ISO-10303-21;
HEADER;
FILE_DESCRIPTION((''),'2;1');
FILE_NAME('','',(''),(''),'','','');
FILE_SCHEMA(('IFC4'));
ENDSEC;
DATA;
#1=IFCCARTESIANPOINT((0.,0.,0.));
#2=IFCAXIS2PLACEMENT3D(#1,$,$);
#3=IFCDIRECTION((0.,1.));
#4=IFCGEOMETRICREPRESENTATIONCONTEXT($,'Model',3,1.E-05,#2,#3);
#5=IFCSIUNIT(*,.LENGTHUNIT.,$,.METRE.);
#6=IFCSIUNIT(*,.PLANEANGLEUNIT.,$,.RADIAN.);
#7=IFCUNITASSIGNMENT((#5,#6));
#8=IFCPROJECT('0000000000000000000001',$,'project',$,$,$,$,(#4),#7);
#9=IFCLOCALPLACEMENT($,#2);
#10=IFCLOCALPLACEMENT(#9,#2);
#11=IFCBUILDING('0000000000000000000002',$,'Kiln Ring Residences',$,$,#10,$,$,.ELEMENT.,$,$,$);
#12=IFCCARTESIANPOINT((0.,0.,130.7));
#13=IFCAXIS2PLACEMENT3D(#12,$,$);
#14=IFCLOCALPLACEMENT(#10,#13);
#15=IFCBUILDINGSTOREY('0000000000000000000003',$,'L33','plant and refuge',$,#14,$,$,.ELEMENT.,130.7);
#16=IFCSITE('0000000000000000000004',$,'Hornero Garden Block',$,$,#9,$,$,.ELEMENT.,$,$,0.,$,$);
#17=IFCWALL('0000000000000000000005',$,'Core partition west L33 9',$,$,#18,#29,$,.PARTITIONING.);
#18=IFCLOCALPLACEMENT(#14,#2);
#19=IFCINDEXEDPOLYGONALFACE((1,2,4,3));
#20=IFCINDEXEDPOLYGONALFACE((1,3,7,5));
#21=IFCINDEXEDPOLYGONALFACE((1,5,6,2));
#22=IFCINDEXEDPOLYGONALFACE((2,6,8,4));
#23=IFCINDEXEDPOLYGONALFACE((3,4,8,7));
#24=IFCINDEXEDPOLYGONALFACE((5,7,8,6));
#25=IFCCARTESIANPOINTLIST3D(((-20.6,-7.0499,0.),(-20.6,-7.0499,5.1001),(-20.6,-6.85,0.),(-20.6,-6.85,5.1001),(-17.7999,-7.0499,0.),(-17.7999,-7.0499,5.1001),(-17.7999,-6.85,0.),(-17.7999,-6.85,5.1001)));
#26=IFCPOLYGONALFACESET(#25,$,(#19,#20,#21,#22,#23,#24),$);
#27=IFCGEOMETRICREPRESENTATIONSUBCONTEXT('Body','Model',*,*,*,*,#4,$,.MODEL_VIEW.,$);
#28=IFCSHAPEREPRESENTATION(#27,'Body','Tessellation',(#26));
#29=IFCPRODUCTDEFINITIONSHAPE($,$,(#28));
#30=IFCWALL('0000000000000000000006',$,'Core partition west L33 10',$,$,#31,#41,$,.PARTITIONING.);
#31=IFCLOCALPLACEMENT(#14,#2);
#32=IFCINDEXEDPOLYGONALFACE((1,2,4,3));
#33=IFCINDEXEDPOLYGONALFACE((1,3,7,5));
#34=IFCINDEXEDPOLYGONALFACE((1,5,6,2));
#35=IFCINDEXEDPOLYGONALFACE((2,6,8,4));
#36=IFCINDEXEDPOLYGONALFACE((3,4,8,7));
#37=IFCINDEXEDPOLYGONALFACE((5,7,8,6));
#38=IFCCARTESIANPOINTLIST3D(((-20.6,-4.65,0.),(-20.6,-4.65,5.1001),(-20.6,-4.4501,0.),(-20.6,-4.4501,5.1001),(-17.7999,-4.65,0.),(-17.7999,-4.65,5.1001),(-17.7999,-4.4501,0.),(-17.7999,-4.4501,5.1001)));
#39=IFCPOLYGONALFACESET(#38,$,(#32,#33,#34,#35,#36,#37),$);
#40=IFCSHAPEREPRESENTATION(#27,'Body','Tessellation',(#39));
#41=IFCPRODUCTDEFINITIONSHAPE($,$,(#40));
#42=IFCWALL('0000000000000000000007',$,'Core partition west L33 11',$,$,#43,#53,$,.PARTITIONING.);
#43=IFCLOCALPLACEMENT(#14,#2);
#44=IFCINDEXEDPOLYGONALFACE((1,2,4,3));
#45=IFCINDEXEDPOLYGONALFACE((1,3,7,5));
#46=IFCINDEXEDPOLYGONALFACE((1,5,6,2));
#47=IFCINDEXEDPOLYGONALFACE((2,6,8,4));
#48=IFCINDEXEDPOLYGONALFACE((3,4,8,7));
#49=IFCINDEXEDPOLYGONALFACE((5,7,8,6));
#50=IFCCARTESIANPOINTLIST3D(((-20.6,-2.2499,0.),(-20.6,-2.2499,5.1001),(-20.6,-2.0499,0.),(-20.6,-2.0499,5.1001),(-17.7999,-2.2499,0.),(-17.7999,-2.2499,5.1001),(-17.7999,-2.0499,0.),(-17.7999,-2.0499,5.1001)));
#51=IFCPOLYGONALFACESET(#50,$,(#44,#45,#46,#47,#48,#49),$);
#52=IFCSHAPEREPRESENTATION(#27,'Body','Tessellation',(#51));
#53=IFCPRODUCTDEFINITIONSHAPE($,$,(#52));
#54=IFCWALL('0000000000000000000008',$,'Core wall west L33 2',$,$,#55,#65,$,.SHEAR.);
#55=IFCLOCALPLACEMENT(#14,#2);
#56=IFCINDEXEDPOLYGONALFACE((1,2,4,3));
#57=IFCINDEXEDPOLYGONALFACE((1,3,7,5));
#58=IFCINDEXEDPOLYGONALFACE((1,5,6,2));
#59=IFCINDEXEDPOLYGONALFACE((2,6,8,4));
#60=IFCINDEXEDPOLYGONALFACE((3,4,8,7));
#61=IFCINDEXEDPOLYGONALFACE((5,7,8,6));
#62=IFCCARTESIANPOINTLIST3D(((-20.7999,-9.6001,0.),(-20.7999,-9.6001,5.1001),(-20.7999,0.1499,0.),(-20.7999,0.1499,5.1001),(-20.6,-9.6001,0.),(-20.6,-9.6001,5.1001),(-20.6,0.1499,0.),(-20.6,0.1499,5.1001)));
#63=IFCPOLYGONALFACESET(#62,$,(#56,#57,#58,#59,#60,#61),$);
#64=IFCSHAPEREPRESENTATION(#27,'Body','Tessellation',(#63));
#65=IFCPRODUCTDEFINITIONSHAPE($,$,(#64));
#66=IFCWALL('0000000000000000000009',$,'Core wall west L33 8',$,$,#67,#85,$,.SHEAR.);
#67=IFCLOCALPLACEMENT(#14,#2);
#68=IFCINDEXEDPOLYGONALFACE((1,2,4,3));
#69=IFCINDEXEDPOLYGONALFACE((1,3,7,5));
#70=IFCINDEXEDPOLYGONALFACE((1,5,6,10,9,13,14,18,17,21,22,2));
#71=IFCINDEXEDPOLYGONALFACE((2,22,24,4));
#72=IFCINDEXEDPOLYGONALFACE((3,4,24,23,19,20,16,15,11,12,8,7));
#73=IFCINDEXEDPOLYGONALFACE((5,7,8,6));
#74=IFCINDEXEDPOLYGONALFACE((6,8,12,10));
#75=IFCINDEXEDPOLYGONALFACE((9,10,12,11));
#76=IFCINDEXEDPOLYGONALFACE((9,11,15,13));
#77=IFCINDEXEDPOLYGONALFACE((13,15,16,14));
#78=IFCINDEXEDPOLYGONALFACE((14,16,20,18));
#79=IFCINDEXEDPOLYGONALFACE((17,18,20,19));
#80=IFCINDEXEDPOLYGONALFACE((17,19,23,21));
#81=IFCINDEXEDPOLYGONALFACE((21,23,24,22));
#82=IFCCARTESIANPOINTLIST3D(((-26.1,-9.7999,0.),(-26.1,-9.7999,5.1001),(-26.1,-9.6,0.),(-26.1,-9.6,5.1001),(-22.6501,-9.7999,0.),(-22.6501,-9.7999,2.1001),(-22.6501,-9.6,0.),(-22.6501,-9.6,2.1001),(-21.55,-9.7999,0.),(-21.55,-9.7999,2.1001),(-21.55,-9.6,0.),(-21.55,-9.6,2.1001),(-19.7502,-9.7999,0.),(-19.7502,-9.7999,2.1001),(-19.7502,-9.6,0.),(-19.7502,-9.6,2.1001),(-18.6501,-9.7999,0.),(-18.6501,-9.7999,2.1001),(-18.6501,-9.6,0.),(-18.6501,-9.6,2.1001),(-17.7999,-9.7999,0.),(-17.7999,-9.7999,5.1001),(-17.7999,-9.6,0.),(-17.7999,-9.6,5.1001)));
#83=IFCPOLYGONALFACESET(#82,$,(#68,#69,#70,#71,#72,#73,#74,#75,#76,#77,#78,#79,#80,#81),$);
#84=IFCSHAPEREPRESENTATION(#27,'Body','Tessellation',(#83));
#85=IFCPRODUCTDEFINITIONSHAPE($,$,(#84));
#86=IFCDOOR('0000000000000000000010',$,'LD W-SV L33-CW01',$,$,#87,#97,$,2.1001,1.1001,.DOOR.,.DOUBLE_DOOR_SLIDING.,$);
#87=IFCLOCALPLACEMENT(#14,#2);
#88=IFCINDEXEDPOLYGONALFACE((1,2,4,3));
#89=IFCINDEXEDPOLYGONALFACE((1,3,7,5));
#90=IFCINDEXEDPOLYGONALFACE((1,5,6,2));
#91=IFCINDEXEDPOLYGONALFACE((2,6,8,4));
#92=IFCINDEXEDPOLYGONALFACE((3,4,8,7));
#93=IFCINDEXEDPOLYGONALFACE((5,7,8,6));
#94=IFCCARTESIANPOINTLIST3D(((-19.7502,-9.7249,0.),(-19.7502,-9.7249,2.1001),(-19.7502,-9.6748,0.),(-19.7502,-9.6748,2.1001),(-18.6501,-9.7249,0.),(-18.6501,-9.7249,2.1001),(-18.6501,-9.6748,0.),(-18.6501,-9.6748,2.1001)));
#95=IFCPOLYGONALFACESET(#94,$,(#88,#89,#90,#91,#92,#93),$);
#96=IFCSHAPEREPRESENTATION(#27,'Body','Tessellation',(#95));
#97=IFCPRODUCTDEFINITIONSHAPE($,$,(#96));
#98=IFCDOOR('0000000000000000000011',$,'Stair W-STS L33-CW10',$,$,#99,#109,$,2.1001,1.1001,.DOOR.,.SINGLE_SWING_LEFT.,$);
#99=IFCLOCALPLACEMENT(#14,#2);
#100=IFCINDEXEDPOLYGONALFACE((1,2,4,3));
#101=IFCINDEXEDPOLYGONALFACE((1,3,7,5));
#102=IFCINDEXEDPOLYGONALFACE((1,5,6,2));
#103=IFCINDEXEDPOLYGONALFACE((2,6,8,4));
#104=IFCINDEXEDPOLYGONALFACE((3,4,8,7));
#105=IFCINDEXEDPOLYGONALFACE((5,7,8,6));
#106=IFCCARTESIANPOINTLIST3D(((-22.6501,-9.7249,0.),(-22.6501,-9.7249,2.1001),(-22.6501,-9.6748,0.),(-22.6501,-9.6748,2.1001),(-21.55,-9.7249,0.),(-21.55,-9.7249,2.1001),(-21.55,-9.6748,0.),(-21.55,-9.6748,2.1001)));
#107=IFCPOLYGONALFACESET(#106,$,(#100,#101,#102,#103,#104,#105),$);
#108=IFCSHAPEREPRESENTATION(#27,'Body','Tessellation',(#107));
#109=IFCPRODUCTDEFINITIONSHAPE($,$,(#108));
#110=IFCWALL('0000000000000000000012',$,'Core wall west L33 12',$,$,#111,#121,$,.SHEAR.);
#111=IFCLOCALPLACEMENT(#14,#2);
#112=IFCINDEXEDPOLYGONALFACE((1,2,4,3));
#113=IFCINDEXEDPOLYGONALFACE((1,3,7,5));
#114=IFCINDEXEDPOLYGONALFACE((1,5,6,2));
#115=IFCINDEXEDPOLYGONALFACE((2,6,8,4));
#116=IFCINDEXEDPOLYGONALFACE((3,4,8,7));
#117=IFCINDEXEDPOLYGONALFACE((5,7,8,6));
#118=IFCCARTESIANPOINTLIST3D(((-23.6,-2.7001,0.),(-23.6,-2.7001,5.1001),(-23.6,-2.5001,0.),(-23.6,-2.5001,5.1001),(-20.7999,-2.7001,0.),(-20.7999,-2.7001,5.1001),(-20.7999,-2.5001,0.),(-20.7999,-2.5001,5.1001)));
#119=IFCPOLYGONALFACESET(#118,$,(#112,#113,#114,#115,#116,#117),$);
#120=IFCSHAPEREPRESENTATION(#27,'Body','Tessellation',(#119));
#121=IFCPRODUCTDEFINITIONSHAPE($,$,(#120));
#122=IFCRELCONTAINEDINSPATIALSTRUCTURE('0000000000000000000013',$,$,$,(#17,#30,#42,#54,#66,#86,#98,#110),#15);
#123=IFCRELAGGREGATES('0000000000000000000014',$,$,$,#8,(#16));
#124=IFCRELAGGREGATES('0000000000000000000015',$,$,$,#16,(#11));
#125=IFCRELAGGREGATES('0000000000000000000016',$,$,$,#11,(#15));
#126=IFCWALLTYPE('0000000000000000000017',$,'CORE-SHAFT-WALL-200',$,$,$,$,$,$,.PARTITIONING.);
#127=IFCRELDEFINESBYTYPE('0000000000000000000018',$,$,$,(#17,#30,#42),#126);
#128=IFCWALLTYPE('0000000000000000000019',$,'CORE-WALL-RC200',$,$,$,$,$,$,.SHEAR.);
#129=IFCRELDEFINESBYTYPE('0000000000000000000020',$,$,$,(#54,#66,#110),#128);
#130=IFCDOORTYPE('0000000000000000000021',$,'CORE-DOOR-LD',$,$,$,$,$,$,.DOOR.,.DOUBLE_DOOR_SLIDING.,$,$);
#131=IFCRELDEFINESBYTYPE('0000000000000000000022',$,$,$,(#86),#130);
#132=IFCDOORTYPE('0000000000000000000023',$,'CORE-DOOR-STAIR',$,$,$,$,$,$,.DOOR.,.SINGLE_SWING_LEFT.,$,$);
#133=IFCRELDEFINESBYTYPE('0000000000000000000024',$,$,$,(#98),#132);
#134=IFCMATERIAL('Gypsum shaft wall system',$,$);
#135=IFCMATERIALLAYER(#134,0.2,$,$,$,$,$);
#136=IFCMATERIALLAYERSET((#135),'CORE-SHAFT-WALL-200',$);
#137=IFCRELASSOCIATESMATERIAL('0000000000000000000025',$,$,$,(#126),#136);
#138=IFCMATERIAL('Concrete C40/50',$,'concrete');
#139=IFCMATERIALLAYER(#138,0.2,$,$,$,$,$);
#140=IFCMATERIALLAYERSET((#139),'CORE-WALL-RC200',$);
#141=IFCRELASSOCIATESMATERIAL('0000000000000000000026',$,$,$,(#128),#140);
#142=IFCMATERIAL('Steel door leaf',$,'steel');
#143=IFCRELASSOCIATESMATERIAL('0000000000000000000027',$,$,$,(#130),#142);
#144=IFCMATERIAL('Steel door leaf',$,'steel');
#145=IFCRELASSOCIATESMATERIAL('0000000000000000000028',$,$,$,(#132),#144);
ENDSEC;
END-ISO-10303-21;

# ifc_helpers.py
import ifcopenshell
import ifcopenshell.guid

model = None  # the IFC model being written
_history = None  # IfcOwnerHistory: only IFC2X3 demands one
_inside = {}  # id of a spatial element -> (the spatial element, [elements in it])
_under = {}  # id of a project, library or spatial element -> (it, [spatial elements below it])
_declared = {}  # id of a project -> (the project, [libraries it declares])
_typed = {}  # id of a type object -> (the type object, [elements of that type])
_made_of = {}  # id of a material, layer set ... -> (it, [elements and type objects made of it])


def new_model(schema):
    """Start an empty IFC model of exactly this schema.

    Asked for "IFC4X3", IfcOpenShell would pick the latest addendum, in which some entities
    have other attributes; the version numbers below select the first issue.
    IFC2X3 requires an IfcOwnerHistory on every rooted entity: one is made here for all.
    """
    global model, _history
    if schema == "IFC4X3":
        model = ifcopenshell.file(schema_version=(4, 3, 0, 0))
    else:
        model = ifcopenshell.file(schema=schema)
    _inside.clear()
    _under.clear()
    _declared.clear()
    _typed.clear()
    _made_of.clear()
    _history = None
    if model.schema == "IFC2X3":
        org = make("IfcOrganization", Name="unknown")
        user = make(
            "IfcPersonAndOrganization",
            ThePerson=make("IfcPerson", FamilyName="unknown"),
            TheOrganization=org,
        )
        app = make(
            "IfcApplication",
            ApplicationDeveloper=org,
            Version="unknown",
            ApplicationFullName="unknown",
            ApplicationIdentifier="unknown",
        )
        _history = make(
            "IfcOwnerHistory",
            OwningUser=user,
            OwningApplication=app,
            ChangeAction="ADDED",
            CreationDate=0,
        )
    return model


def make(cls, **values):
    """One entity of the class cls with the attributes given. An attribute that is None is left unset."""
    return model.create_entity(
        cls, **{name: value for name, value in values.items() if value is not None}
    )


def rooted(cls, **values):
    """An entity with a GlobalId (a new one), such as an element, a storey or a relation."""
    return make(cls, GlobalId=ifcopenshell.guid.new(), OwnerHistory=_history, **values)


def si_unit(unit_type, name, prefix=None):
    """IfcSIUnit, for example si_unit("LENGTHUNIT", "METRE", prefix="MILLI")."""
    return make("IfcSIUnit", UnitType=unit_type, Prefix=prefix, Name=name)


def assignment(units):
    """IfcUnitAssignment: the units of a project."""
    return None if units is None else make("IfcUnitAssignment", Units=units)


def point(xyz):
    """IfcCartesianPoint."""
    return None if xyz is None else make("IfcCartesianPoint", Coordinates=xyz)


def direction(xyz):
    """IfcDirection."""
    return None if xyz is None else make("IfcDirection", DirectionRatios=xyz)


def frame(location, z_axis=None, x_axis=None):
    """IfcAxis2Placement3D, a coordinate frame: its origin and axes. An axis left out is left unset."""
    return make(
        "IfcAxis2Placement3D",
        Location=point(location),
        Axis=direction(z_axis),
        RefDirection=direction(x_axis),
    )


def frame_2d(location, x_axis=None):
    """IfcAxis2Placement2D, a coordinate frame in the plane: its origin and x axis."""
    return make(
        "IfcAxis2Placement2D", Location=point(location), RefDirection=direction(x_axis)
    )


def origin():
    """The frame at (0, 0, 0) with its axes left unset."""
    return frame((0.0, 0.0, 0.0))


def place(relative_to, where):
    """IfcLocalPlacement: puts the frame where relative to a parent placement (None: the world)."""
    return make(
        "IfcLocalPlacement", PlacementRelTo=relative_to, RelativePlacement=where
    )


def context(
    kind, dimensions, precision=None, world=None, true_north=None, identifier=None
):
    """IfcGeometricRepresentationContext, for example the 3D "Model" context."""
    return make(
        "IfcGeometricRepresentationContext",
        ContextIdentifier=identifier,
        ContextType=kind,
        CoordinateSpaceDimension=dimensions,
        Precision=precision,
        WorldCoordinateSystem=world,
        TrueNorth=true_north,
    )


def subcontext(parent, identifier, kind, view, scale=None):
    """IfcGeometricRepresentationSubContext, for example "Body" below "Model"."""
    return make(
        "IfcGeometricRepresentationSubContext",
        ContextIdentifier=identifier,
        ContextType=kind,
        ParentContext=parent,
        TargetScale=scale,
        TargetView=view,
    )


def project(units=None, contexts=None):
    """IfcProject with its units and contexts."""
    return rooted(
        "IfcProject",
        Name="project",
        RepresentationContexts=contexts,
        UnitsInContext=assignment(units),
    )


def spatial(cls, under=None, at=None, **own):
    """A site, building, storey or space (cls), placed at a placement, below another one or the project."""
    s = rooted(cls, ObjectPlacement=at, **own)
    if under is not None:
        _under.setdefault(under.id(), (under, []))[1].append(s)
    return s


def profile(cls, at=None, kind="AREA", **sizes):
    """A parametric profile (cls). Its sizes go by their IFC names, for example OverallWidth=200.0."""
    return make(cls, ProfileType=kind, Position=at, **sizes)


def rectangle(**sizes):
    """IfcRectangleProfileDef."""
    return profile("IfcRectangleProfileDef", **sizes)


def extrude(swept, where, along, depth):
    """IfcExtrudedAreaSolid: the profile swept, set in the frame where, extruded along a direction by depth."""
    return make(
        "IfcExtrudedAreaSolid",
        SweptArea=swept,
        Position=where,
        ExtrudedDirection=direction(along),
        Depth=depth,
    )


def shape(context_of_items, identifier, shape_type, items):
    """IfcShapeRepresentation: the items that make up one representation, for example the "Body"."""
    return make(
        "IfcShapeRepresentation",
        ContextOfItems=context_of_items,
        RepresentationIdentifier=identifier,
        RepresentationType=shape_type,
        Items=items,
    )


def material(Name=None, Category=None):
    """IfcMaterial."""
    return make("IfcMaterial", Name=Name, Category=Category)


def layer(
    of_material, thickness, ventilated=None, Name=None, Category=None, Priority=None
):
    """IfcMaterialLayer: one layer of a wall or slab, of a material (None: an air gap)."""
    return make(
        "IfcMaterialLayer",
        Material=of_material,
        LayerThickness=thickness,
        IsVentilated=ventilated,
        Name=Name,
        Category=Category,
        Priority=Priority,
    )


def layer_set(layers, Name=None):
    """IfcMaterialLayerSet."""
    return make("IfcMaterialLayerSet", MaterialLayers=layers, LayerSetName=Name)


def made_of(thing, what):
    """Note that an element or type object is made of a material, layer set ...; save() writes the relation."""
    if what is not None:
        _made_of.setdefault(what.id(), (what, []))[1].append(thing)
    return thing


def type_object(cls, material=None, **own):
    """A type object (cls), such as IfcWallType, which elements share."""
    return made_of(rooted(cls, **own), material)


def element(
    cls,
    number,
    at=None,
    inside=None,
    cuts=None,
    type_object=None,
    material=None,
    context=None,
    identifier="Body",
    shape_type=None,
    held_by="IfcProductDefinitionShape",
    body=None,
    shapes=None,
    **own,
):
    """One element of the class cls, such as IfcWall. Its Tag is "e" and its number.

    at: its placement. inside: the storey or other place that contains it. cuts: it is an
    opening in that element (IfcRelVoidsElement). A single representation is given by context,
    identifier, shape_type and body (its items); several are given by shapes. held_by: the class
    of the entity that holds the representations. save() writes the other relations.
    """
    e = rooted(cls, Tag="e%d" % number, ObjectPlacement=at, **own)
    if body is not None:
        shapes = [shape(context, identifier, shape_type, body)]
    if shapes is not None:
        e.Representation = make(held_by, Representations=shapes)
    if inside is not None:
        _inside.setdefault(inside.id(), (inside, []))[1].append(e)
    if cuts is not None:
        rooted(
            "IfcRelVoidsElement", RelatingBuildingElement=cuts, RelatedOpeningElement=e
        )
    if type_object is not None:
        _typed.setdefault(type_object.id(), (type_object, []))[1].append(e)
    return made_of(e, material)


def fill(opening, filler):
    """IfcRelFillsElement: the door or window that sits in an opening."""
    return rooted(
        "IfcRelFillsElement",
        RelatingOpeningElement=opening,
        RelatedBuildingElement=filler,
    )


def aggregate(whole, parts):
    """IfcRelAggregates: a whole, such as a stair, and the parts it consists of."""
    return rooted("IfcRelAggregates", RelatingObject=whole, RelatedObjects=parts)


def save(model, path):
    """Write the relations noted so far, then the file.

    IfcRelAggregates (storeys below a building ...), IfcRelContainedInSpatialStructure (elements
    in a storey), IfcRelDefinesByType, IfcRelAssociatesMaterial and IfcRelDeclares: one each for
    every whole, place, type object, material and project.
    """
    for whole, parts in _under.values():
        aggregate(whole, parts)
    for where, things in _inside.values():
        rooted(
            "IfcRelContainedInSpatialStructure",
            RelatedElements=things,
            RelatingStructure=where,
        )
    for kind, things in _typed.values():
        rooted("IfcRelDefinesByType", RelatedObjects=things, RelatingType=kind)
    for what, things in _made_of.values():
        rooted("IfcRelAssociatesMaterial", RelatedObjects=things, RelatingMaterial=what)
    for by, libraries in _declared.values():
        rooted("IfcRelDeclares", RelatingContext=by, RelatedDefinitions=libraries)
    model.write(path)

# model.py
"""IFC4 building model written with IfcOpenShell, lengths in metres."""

from ifc_helpers import new_model, si_unit, direction, frame, frame_2d, origin, place, context, subcontext, project, spatial, rectangle, extrude, material, layer, layer_set, type_object, element, fill, save


model = new_model("IFC4")

# Units and contexts
model_context = context("Model", 3, precision=1e-05, world=origin(), true_north=direction((0.0, 1.0)))
body_context = subcontext(model_context, "Body", "Model", "MODEL_VIEW")
ifc_project = project(units=[si_unit("LENGTHUNIT", "METRE"), si_unit("PLANEANGLEUNIT", "RADIAN")], contexts=[model_context])

# Site, building, storey
site_placement = place(None, origin())
site = spatial("IfcSite", under=ifc_project, at=site_placement, Name="Hornero Garden Block", CompositionType="ELEMENT", RefElevation=0.0)
building_placement = place(site_placement, origin())
building = spatial("IfcBuilding", under=site, at=building_placement, Name="Kiln Ring Residences", CompositionType="ELEMENT")
storey_placement = place(building_placement, frame((0.0, 0.0, 130.7)))
storey = spatial("IfcBuildingStorey", under=building, at=storey_placement, Name="L33", Description="plant and refuge", CompositionType="ELEMENT", Elevation=130.7)

# Walls
ifc_material_1 = material(Name="Gypsum shaft wall system")
ifc_layer_1 = layer(ifc_material_1, 0.2)
ifc_layer_set_1 = layer_set([ifc_layer_1], Name="CORE-SHAFT-WALL-200")
wall_type_1 = type_object("IfcWallType", Name="CORE-SHAFT-WALL-200", PredefinedType="PARTITIONING", material=ifc_layer_set_1)
for number, where, z_axis, x_axis, name in (
    (1, (-17.8, -6.95, 0.0), (0.0, 0.0, 1.0), (-1.0, 0.0, 0.0), "Core partition west L33 9"),
    (2, (-17.8, -4.55, 0.0), (0.0, 0.0, 1.0), (-1.0, 0.0, 0.0), "Core partition west L33 10"),
    (3, (-17.8, -2.1499, 0.0), (0.0, 0.0, 1.0), (-1.0, 0.0, 0.0), "Core partition west L33 11"),
):
    element("IfcWall", number, at=place(storey_placement, frame(where, z_axis=z_axis, x_axis=x_axis)), inside=storey, type_object=wall_type_1, Name=name, PredefinedType="PARTITIONING", context=body_context, shape_type="SweptSolid", body=[
        extrude(rectangle(XDim=2.8, YDim=0.2, at=frame_2d((1.3999, 0.0))), origin(), (0.0, 0.0, 1.0), 5.1001),
    ])
ifc_material_2 = material(Name="Concrete C40/50", Category="concrete")
ifc_layer_2 = layer(ifc_material_2, 0.2)
ifc_layer_set_2 = layer_set([ifc_layer_2], Name="CORE-WALL-RC200")
wall_type_2 = type_object("IfcWallType", Name="CORE-WALL-RC200", PredefinedType="SHEAR", material=ifc_layer_set_2)
wall_1_placement = place(storey_placement, frame((-20.7, -9.6001, 0.0), z_axis=(0.0, 0.0, 1.0), x_axis=(0.0, 1.0, 0.0)))
element("IfcWall", 4, at=wall_1_placement, inside=storey, type_object=wall_type_2, Name="Core wall west L33 2", PredefinedType="SHEAR", context=body_context, shape_type="SweptSolid", body=[
    extrude(rectangle(XDim=9.75, YDim=0.2, at=frame_2d((4.875, 0.0))), origin(), (0.0, 0.0, 1.0), 5.1001),
])

# Wall, openings, doors
wall_2_placement = place(storey_placement, frame((-17.8, -9.7, 0.0), z_axis=(0.0, 0.0, 1.0), x_axis=(-1.0, 0.0, 0.0)))
wall_2 = element("IfcWall", 5, at=wall_2_placement, inside=storey, type_object=wall_type_2, Name="Core wall west L33 8", PredefinedType="SHEAR", context=body_context, shape_type="SweptSolid", body=[
    extrude(rectangle(XDim=8.3, YDim=0.2, at=frame_2d((4.1499, 0.0))), origin(), (0.0, 0.0, 1.0), 5.1001),
])
opening_1_placement = place(wall_2_placement, frame((0.8501, 0.0, 0.0)))
opening_1 = element("IfcOpeningElement", 6, at=opening_1_placement, cuts=wall_2, PredefinedType="OPENING", context=body_context, shape_type="SweptSolid", body=[
    extrude(rectangle(XDim=1.1001, YDim=2.1001, at=frame_2d((0.55, 1.05))), frame((0.0, 0.1099, 0.0), z_axis=(0.0, -1.0, 0.0), x_axis=(1.0, 0.0, 0.0)), (0.0, 0.0, 1.0), 0.22),
])
opening_2_placement = place(wall_2_placement, frame((3.75, 0.0, 0.0)))
opening_2 = element("IfcOpeningElement", 7, at=opening_2_placement, cuts=wall_2, PredefinedType="OPENING", context=body_context, shape_type="SweptSolid", body=[
    extrude(rectangle(XDim=1.1001, YDim=2.1001, at=frame_2d((0.55, 1.05))), frame((0.0, 0.1099, 0.0), z_axis=(0.0, -1.0, 0.0), x_axis=(1.0, 0.0, 0.0)), (0.0, 0.0, 1.0), 0.22),
])
ifc_material_3 = material(Name="Steel door leaf", Category="steel")
door_type_1 = type_object("IfcDoorType", Name="CORE-DOOR-LD", OperationType="DOUBLE_DOOR_SLIDING", PredefinedType="DOOR", material=ifc_material_3)
door_1_placement = place(opening_1_placement, origin())
door_1 = element("IfcDoor", 8, at=door_1_placement, inside=storey, type_object=door_type_1, Name="LD W-SV L33-CW01", OperationType="DOUBLE_DOOR_SLIDING", OverallHeight=2.1001, OverallWidth=1.1001, PredefinedType="DOOR", context=body_context, shape_type="SweptSolid", body=[
    extrude(rectangle(XDim=1.1001, YDim=2.1001, at=frame_2d((0.55, 1.05))), frame((0.0, 0.0249, 0.0), z_axis=(0.0, -1.0, 0.0), x_axis=(1.0, 0.0, 0.0)), (0.0, 0.0, 1.0), 0.05),
])
fill(opening_1, door_1)
ifc_material_4 = material(Name="Steel door leaf", Category="steel")
door_type_2 = type_object("IfcDoorType", Name="CORE-DOOR-STAIR", OperationType="SINGLE_SWING_LEFT", PredefinedType="DOOR", material=ifc_material_4)
door_2_placement = place(opening_2_placement, origin())
door_2 = element("IfcDoor", 9, at=door_2_placement, inside=storey, type_object=door_type_2, Name="Stair W-STS L33-CW10", OperationType="SINGLE_SWING_LEFT", OverallHeight=2.1001, OverallWidth=1.1001, PredefinedType="DOOR", context=body_context, shape_type="SweptSolid", body=[
    extrude(rectangle(XDim=1.1001, YDim=2.1001, at=frame_2d((0.55, 1.05))), frame((0.0, 0.0249, 0.0), z_axis=(0.0, -1.0, 0.0), x_axis=(1.0, 0.0, 0.0)), (0.0, 0.0, 1.0), 0.05),
])
fill(opening_2, door_2)

# Wall
wall_3_placement = place(storey_placement, frame((-20.8, -2.6001, 0.0), z_axis=(0.0, 0.0, 1.0), x_axis=(-1.0, 0.0, 0.0)))
element("IfcWall", 10, at=wall_3_placement, inside=storey, type_object=wall_type_2, Name="Core wall west L33 12", PredefinedType="SHEAR", context=body_context, shape_type="SweptSolid", body=[
    extrude(rectangle(XDim=2.8, YDim=0.2, at=frame_2d((1.3999, 0.0))), origin(), (0.0, 0.0, 1.0), 5.1001),
])

save(model, "model.ifc")
